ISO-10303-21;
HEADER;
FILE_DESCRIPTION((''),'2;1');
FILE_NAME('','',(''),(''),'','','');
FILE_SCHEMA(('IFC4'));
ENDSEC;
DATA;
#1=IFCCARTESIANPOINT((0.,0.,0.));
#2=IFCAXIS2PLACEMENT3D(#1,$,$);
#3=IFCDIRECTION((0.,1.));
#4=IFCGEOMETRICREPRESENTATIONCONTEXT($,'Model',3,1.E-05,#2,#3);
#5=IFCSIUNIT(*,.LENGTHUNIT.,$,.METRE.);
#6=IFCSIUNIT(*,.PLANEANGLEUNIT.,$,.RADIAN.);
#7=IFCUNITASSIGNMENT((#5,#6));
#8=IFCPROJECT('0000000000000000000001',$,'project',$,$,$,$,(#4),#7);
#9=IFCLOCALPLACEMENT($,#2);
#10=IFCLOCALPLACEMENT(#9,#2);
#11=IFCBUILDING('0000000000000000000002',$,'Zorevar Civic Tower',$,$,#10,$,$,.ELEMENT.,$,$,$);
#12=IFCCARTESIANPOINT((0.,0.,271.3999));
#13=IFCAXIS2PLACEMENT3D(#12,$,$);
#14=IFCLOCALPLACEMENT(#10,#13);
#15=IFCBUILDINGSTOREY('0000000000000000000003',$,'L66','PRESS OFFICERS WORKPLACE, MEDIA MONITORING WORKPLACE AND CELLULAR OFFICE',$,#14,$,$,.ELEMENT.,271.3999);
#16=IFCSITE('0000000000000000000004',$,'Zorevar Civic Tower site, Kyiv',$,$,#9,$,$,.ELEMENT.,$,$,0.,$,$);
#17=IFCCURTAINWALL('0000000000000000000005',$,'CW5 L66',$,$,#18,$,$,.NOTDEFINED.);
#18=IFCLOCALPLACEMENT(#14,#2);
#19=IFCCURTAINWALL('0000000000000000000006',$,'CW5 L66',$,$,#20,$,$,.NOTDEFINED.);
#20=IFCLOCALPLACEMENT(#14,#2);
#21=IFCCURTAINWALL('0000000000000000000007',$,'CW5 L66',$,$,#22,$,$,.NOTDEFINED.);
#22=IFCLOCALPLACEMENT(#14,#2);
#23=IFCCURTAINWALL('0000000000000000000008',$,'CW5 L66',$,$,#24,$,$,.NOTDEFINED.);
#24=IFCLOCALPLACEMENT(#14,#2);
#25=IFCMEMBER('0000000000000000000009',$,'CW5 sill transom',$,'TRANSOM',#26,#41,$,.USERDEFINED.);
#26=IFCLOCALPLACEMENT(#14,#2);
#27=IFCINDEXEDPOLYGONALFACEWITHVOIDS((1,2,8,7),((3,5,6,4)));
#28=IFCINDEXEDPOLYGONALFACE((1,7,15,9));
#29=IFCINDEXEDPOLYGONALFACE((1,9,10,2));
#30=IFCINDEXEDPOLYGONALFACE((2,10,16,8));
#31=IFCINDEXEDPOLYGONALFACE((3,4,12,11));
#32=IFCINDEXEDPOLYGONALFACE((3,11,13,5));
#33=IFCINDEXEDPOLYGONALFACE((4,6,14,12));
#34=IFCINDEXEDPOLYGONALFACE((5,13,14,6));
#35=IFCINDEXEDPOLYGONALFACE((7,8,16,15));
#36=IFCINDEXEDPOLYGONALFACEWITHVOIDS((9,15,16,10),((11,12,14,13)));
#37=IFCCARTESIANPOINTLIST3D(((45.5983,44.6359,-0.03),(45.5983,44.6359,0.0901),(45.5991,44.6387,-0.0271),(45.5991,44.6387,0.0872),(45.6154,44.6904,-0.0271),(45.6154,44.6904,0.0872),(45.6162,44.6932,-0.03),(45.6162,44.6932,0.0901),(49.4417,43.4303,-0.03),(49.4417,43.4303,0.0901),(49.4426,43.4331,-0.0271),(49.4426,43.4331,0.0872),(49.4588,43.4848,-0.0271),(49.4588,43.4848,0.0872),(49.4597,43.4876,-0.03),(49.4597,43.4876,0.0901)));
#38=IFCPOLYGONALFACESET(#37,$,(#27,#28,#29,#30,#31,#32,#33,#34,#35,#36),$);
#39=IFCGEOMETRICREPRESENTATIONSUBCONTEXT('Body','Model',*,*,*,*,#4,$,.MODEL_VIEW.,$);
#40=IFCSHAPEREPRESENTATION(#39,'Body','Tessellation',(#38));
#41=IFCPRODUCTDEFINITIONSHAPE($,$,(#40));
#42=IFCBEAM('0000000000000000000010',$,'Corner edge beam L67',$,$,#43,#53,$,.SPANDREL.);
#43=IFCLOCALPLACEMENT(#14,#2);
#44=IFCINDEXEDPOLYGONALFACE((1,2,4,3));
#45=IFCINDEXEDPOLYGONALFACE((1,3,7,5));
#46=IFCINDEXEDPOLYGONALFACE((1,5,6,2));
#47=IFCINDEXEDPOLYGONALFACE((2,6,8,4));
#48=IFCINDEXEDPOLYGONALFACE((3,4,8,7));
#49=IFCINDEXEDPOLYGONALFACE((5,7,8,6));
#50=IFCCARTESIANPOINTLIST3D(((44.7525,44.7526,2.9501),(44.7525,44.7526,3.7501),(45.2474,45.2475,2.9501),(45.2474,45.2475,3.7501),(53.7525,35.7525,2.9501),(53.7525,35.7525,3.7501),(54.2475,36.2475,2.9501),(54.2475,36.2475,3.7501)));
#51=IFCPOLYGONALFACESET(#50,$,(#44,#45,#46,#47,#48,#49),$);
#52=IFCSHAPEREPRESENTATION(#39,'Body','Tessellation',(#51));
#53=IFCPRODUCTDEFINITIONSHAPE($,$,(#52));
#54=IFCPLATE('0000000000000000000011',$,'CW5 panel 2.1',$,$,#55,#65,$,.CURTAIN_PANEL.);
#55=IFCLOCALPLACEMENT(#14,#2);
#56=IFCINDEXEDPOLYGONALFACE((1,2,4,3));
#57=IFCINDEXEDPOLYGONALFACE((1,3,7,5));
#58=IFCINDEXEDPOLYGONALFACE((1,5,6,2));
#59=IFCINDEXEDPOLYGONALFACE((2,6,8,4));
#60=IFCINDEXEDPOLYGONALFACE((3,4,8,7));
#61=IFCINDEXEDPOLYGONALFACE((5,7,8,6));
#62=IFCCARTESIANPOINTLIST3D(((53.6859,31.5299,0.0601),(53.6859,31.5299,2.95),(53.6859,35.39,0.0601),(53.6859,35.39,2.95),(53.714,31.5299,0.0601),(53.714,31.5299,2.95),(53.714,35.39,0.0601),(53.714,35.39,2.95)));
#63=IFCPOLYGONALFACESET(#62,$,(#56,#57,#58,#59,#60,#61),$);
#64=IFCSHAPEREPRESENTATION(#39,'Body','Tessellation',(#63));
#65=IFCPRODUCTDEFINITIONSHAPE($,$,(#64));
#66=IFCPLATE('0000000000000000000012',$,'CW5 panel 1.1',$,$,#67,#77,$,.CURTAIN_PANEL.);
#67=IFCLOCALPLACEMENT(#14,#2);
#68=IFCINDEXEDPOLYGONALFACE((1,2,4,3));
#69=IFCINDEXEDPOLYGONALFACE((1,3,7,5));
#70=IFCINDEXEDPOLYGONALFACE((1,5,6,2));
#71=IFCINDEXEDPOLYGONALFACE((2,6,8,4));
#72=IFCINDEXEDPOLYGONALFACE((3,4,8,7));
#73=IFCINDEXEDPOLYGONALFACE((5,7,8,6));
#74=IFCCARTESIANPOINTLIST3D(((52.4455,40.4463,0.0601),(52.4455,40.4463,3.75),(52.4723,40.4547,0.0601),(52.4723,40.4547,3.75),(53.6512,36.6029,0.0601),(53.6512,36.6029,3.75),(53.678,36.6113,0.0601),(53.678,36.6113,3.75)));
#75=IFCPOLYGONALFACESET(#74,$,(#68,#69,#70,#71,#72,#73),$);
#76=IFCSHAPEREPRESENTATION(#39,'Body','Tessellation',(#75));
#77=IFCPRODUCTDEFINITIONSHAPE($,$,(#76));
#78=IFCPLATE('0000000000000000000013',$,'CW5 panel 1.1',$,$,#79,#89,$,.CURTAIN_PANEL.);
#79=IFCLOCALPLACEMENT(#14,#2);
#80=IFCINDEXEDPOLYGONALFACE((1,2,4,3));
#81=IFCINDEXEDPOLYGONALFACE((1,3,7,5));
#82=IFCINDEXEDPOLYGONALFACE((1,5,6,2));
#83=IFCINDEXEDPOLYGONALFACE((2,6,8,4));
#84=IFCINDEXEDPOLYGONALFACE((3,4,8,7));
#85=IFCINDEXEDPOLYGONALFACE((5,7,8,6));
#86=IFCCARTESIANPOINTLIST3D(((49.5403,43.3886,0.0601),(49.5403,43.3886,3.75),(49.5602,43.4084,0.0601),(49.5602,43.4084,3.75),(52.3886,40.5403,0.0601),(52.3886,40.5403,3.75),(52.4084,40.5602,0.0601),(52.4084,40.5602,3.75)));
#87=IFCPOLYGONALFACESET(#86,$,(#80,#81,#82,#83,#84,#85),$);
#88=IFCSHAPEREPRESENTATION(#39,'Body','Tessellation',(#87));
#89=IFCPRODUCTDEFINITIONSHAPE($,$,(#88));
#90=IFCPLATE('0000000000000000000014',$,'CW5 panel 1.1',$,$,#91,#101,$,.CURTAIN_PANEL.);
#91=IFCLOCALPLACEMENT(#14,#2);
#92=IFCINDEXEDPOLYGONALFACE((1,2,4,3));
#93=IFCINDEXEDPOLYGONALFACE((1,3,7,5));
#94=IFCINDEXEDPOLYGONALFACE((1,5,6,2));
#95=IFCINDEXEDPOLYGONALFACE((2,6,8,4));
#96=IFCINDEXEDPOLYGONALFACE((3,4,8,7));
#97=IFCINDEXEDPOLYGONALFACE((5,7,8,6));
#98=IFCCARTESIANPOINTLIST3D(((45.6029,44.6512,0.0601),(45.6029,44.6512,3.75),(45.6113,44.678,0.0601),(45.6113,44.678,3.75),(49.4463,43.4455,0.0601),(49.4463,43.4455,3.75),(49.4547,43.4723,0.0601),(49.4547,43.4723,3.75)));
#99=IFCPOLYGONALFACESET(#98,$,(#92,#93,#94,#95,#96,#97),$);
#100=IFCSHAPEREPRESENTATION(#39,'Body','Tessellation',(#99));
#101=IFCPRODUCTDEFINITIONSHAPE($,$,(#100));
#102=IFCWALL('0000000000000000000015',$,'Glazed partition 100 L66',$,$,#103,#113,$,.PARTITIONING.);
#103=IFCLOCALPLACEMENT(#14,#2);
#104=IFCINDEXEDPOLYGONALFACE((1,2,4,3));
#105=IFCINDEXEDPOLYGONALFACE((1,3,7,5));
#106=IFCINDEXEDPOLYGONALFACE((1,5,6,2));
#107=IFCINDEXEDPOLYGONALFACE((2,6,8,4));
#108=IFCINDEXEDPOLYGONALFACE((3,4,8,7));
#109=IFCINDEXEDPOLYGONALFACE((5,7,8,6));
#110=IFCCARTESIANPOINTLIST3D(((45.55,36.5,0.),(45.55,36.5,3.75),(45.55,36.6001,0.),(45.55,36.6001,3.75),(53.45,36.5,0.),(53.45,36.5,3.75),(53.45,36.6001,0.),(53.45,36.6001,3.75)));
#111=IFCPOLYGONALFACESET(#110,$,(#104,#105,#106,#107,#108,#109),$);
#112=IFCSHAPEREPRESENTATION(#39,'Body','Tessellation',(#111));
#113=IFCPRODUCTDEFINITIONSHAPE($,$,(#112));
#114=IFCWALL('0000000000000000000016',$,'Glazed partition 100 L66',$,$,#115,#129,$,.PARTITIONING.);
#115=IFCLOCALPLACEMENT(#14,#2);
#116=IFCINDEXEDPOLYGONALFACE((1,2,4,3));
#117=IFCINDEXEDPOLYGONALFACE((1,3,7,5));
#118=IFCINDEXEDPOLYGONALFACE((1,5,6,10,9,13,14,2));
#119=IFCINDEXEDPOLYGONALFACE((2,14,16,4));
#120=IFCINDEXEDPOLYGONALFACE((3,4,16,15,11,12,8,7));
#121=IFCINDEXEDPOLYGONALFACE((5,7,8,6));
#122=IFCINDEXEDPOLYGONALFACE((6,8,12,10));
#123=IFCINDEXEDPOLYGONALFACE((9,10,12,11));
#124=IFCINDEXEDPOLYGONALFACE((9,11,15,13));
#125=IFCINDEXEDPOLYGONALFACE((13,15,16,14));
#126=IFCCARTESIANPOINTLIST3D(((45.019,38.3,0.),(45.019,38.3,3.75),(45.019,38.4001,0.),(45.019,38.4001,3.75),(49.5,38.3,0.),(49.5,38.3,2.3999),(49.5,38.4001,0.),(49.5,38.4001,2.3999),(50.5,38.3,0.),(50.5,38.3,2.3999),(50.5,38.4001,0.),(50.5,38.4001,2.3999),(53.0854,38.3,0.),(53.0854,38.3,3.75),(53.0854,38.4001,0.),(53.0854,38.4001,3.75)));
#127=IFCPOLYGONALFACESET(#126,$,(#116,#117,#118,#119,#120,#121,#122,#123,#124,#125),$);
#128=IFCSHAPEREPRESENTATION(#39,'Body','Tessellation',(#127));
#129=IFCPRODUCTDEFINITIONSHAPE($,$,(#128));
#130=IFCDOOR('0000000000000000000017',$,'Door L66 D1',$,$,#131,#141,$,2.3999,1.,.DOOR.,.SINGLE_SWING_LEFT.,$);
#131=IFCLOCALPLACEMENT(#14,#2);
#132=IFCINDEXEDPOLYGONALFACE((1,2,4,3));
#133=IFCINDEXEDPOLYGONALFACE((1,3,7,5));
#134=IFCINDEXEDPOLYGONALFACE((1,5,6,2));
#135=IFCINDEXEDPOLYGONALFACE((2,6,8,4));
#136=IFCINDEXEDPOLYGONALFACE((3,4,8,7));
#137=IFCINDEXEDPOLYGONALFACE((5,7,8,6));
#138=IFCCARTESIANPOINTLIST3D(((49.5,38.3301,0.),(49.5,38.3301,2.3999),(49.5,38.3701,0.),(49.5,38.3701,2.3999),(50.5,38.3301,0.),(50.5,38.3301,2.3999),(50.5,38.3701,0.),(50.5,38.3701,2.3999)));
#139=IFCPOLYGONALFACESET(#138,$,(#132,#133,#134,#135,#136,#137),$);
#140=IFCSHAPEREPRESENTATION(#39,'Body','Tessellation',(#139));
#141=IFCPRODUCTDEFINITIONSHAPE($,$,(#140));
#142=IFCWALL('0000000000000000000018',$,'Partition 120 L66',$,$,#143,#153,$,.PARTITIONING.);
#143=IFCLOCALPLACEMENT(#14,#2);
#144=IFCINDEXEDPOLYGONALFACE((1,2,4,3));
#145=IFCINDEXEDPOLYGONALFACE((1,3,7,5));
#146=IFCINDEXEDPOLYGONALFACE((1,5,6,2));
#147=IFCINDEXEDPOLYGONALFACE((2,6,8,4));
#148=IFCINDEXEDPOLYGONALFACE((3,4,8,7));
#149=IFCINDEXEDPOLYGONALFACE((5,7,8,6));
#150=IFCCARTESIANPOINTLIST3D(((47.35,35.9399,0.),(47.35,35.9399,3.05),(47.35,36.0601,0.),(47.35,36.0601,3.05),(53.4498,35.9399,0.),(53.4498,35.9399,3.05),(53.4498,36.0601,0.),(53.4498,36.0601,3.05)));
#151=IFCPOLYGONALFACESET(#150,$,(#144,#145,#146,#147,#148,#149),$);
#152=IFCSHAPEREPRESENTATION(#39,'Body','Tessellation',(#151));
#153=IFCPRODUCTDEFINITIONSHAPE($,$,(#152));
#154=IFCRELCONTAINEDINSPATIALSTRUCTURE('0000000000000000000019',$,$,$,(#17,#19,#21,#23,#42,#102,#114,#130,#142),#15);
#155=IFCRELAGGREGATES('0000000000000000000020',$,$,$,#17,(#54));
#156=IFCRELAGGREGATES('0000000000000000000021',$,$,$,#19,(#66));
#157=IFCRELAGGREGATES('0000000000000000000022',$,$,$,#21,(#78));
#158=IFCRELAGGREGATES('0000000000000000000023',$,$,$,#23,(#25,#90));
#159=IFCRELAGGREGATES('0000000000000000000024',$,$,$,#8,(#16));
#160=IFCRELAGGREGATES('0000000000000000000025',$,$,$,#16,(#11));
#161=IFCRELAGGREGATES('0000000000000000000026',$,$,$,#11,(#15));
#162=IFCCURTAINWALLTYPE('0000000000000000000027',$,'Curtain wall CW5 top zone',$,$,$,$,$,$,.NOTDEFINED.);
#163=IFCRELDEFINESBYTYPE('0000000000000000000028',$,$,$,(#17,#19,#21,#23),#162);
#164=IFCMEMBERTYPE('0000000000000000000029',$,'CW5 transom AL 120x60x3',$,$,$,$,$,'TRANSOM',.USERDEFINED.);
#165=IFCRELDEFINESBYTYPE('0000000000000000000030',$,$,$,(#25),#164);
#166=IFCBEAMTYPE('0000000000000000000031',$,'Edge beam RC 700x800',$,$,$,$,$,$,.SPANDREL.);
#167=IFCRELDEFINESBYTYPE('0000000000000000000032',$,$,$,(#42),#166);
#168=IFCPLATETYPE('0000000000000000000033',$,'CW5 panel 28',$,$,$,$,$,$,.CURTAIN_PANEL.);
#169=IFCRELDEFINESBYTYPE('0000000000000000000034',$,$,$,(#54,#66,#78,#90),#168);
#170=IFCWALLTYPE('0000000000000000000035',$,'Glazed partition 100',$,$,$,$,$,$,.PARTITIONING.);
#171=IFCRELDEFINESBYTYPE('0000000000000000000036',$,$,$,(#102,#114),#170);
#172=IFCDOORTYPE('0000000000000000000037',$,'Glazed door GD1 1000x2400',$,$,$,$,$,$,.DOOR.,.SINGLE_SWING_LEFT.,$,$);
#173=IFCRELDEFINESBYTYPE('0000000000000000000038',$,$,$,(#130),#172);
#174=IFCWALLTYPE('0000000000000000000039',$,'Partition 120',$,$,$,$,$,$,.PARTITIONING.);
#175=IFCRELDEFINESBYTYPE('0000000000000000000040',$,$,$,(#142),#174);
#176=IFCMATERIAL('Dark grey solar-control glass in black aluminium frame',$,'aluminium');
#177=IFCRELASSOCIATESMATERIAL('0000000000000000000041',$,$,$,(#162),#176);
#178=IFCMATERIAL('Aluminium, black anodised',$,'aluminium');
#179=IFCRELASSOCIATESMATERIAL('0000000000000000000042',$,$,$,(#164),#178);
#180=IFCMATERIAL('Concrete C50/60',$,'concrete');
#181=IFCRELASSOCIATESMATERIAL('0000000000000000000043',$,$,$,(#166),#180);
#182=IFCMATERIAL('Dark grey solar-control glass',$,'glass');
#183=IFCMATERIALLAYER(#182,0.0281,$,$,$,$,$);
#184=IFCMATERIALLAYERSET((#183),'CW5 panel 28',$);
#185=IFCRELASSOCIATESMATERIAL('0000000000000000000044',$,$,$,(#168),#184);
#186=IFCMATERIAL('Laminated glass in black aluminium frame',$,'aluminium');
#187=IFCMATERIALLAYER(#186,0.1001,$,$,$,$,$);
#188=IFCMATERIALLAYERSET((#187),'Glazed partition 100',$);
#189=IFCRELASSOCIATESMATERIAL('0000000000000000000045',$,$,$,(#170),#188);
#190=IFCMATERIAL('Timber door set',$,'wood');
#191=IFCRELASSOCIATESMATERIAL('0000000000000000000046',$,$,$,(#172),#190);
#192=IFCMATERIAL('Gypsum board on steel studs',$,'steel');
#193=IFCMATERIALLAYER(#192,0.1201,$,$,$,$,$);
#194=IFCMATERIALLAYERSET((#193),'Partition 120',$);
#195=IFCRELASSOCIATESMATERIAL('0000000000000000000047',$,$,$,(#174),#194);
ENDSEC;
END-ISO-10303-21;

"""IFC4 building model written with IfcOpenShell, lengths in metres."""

from ifc_helpers import new_model, si_unit, direction, frame, frame_2d, origin, origin_2d, place, context, subcontext, project, spatial, rectangle, hollow_rectangle, extrude, material, layer, layer_set, material_profile, profile_set, type_object, element, fill, aggregate, save


model = new_model("IFC4")

# Units and contexts
model_context = context("Model", 3, precision=1e-05, world=origin(), true_north=direction((0.0, 1.0)))
body_context = subcontext(model_context, "Body", "Model", "MODEL_VIEW")
ifc_project = project(units=[si_unit("LENGTHUNIT", "METRE"), si_unit("PLANEANGLEUNIT", "RADIAN")], contexts=[model_context])

# Site, building, storey
site_placement = place(None, origin())
site = spatial("IfcSite", under=ifc_project, at=site_placement, Name="Zorevar Civic Tower site, Kyiv", CompositionType="ELEMENT", RefElevation=0.0)
building_placement = place(site_placement, origin())
building = spatial("IfcBuilding", under=site, at=building_placement, Name="Zorevar Civic Tower", CompositionType="ELEMENT")
storey_placement = place(building_placement, frame((0.0, 0.0, 271.3999)))
storey = spatial("IfcBuildingStorey", under=building, at=storey_placement, Name="L66", Description="PRESS OFFICERS WORKPLACE, MEDIA MONITORING WORKPLACE AND CELLULAR OFFICE", CompositionType="ELEMENT", Elevation=271.3999)

# Curtain wall
ifc_material_1 = material(Name="Dark grey solar-control glass in black aluminium frame", Category="aluminium")
curtain_wall_type = type_object("IfcCurtainWallType", Name="Curtain wall CW5 top zone", PredefinedType="NOTDEFINED", material=ifc_material_1)
curtain_wall_1_placement = place(storey_placement, origin())
curtain_wall_1 = element("IfcCurtainWall", 1, at=curtain_wall_1_placement, inside=storey, type_object=curtain_wall_type, Name="CW5 L66", PredefinedType="NOTDEFINED")

# Curtain walls
curtain_wall_2_placement = place(storey_placement, origin())
curtain_wall_2 = element("IfcCurtainWall", 2, at=curtain_wall_2_placement, inside=storey, type_object=curtain_wall_type, Name="CW5 L66", PredefinedType="NOTDEFINED")
curtain_wall_3_placement = place(storey_placement, origin())
curtain_wall_3 = element("IfcCurtainWall", 3, at=curtain_wall_3_placement, inside=storey, type_object=curtain_wall_type, Name="CW5 L66", PredefinedType="NOTDEFINED")
curtain_wall_4_placement = place(storey_placement, origin())
curtain_wall_4 = element("IfcCurtainWall", 4, at=curtain_wall_4_placement, inside=storey, type_object=curtain_wall_type, Name="CW5 L66", PredefinedType="NOTDEFINED")

# Member
ifc_material_2 = material(Name="Aluminium, black anodised", Category="aluminium")
ifc_material_profile_1 = material_profile(ifc_material_2, hollow_rectangle(XDim=0.0601, YDim=0.1201, WallThickness=0.0029, at=origin_2d()), Name="AL 120x60x3")
ifc_profile_set_1 = profile_set([ifc_material_profile_1], Name="Aluminium, black anodised")
member_type_1 = type_object("IfcMemberType", Name="CW5 transom AL 120x60x3", ElementType="TRANSOM", PredefinedType="USERDEFINED", material=ifc_profile_set_1)
member_1_placement = place(storey_placement, frame((49.4507, 43.459, 0.03), z_axis=(-0.954163, 0.299286, 0.0), x_axis=(-0.299286, -0.954163, 0.0)))
member_1 = element("IfcMember", 5, at=member_1_placement, type_object=member_type_1, Name="CW5 sill transom", ObjectType="TRANSOM", PredefinedType="USERDEFINED", context=body_context, shape_type="SweptSolid", body=[
    extrude(hollow_rectangle(XDim=0.0601, YDim=0.1201, WallThickness=0.0029, at=origin_2d()), origin(), (0.0, 0.0, 1.0), 4.0281),
])

# Beam
ifc_material_3 = material(Name="Concrete C50/60", Category="concrete")
ifc_material_profile_2 = material_profile(ifc_material_3, rectangle(XDim=0.7, YDim=0.8, at=origin_2d()), Name="RC 700x800")
ifc_profile_set_2 = profile_set([ifc_material_profile_2], Name="Concrete C50/60")
beam_type_1 = type_object("IfcBeamType", Name="Edge beam RC 700x800", PredefinedType="SPANDREL", material=ifc_profile_set_2)
beam_1_placement = place(storey_placement, frame((54.0, 36.0, 3.3501), z_axis=(-0.707107, 0.707107, 0.0), x_axis=(-0.707107, -0.707107, 0.0)))
element("IfcBeam", 6, at=beam_1_placement, inside=storey, type_object=beam_type_1, Name="Corner edge beam L67", PredefinedType="SPANDREL", context=body_context, shape_type="SweptSolid", body=[
    extrude(rectangle(XDim=0.7, YDim=0.8, at=origin_2d()), origin(), (0.0, 0.0, 1.0), 12.728),
])

# Plates
ifc_material_4 = material(Name="Dark grey solar-control glass", Category="glass")
ifc_layer_1 = layer(ifc_material_4, 0.0281)
ifc_layer_set_1 = layer_set([ifc_layer_1], Name="CW5 panel 28")
plate_type = type_object("IfcPlateType", Name="CW5 panel 28", PredefinedType="CURTAIN_PANEL", material=ifc_layer_set_1)
plate_1_placement = place(storey_placement, frame((53.7, 33.46, 0.0601), z_axis=(0.0, 0.0, 1.0), x_axis=(0.0, 1.0, 0.0)))
plate_1 = element("IfcPlate", 7, at=plate_1_placement, type_object=plate_type, Name="CW5 panel 2.1", PredefinedType="CURTAIN_PANEL", context=body_context, shape_type="SweptSolid", body=[
    extrude(rectangle(XDim=3.8601, YDim=0.0281, at=origin_2d()), origin(), (0.0, 0.0, 1.0), 2.8899),
])
aggregate(curtain_wall_1, [plate_1])
plate_2_placement = place(storey_placement, frame((53.0618, 38.5288, 0.0601), z_axis=(0.0, 0.0, 1.0), x_axis=(-0.299318, 0.954153, 0.0)))
plate_2 = element("IfcPlate", 8, at=plate_2_placement, type_object=plate_type, Name="CW5 panel 1.1", PredefinedType="CURTAIN_PANEL", context=body_context, shape_type="SweptSolid", body=[
    extrude(rectangle(XDim=4.0281, YDim=0.0281, at=origin_2d()), origin(), (0.0, 0.0, 1.0), 3.6899),
])
aggregate(curtain_wall_2, [plate_2])
plate_3_placement = place(storey_placement, frame((50.9744, 41.9744, 0.0601), z_axis=(0.0, 0.0, 1.0), x_axis=(-0.707107, 0.707107, 0.0)))
plate_3 = element("IfcPlate", 9, at=plate_3_placement, type_object=plate_type, Name="CW5 panel 1.1", PredefinedType="CURTAIN_PANEL", context=body_context, shape_type="SweptSolid", body=[
    extrude(rectangle(XDim=4.0281, YDim=0.0281, at=origin_2d()), origin(), (0.0, 0.0, 1.0), 3.6899),
])
aggregate(curtain_wall_3, [plate_3])
plate_4_placement = place(storey_placement, frame((47.5288, 44.0618, 0.0601), z_axis=(0.0, 0.0, 1.0), x_axis=(-0.954153, 0.299318, 0.0)))
plate_4 = element("IfcPlate", 10, at=plate_4_placement, type_object=plate_type, Name="CW5 panel 1.1", PredefinedType="CURTAIN_PANEL", context=body_context, shape_type="SweptSolid", body=[
    extrude(rectangle(XDim=4.0281, YDim=0.0281, at=origin_2d()), origin(), (0.0, 0.0, 1.0), 3.6899),
])
aggregate(curtain_wall_4, [member_1, plate_4])

# Wall
ifc_material_5 = material(Name="Laminated glass in black aluminium frame", Category="aluminium")
ifc_layer_2 = layer(ifc_material_5, 0.1001)
ifc_layer_set_2 = layer_set([ifc_layer_2], Name="Glazed partition 100")
wall_type_1 = type_object("IfcWallType", Name="Glazed partition 100", PredefinedType="PARTITIONING", material=ifc_layer_set_2)
wall_1_placement = place(storey_placement, frame((45.55, 36.55, 0.0), z_axis=(0.0, 0.0, 1.0), x_axis=(1.0, 0.0, 0.0)))
element("IfcWall", 11, at=wall_1_placement, inside=storey, type_object=wall_type_1, Name="Glazed partition 100 L66", PredefinedType="PARTITIONING", context=body_context, shape_type="SweptSolid", body=[
    extrude(rectangle(XDim=7.8999, YDim=0.1001, at=frame_2d((3.95, 0.0))), origin(), (0.0, 0.0, 1.0), 3.75),
])

# Wall, opening, door
wall_2_placement = place(storey_placement, frame((45.019, 38.3501, 0.0), z_axis=(0.0, 0.0, 1.0), x_axis=(1.0, 0.0, 0.0)))
wall_2 = element("IfcWall", 12, at=wall_2_placement, inside=storey, type_object=wall_type_1, Name="Glazed partition 100 L66", PredefinedType="PARTITIONING", context=body_context, shape_type="SweptSolid", body=[
    extrude(rectangle(XDim=8.0664, YDim=0.1001, at=frame_2d((4.0332, 0.0))), origin(), (0.0, 0.0, 1.0), 3.75),
])
opening_1_placement = place(wall_2_placement, frame((4.481, 0.0, 0.0)))
opening_1 = element("IfcOpeningElement", 13, at=opening_1_placement, cuts=wall_2, PredefinedType="OPENING", context=body_context, shape_type="SweptSolid", body=[
    extrude(rectangle(XDim=1.0, YDim=2.3999, at=frame_2d((0.5, 1.2))), frame((0.0, 0.0601, 0.0), z_axis=(0.0, -1.0, 0.0), x_axis=(1.0, 0.0, 0.0)), (0.0, 0.0, 1.0), 0.1201),
])
ifc_material_6 = material(Name="Timber door set", Category="wood")
door_type_1 = type_object("IfcDoorType", Name="Glazed door GD1 1000x2400", OperationType="SINGLE_SWING_LEFT", PredefinedType="DOOR", material=ifc_material_6)
door_1_placement = place(opening_1_placement, origin())
door_1 = element("IfcDoor", 14, at=door_1_placement, inside=storey, type_object=door_type_1, Name="Door L66 D1", OperationType="SINGLE_SWING_LEFT", OverallHeight=2.3999, OverallWidth=1.0, PredefinedType="DOOR", context=body_context, shape_type="SweptSolid", body=[
    extrude(rectangle(XDim=1.0, YDim=2.3999, at=frame_2d((0.5, 1.2))), frame((0.0, 0.02, 0.0), z_axis=(0.0, -1.0, 0.0), x_axis=(1.0, 0.0, 0.0)), (0.0, 0.0, 1.0), 0.04),
])
fill(opening_1, door_1)

# Wall
ifc_material_7 = material(Name="Gypsum board on steel studs", Category="steel")
ifc_layer_3 = layer(ifc_material_7, 0.1201)
ifc_layer_set_3 = layer_set([ifc_layer_3], Name="Partition 120")
wall_type_2 = type_object("IfcWallType", Name="Partition 120", PredefinedType="PARTITIONING", material=ifc_layer_set_3)
wall_3_placement = place(storey_placement, frame((47.3501, 36.0, 0.0), z_axis=(0.0, 0.0, 1.0), x_axis=(1.0, 0.0, 0.0)))
element("IfcWall", 15, at=wall_3_placement, inside=storey, type_object=wall_type_2, Name="Partition 120 L66", PredefinedType="PARTITIONING", context=body_context, shape_type="SweptSolid", body=[
    extrude(rectangle(XDim=6.0999, YDim=0.1201, at=frame_2d((3.0498, 0.0))), origin(), (0.0, 0.0, 1.0), 3.05),
])

save(model, "model.ifc")
